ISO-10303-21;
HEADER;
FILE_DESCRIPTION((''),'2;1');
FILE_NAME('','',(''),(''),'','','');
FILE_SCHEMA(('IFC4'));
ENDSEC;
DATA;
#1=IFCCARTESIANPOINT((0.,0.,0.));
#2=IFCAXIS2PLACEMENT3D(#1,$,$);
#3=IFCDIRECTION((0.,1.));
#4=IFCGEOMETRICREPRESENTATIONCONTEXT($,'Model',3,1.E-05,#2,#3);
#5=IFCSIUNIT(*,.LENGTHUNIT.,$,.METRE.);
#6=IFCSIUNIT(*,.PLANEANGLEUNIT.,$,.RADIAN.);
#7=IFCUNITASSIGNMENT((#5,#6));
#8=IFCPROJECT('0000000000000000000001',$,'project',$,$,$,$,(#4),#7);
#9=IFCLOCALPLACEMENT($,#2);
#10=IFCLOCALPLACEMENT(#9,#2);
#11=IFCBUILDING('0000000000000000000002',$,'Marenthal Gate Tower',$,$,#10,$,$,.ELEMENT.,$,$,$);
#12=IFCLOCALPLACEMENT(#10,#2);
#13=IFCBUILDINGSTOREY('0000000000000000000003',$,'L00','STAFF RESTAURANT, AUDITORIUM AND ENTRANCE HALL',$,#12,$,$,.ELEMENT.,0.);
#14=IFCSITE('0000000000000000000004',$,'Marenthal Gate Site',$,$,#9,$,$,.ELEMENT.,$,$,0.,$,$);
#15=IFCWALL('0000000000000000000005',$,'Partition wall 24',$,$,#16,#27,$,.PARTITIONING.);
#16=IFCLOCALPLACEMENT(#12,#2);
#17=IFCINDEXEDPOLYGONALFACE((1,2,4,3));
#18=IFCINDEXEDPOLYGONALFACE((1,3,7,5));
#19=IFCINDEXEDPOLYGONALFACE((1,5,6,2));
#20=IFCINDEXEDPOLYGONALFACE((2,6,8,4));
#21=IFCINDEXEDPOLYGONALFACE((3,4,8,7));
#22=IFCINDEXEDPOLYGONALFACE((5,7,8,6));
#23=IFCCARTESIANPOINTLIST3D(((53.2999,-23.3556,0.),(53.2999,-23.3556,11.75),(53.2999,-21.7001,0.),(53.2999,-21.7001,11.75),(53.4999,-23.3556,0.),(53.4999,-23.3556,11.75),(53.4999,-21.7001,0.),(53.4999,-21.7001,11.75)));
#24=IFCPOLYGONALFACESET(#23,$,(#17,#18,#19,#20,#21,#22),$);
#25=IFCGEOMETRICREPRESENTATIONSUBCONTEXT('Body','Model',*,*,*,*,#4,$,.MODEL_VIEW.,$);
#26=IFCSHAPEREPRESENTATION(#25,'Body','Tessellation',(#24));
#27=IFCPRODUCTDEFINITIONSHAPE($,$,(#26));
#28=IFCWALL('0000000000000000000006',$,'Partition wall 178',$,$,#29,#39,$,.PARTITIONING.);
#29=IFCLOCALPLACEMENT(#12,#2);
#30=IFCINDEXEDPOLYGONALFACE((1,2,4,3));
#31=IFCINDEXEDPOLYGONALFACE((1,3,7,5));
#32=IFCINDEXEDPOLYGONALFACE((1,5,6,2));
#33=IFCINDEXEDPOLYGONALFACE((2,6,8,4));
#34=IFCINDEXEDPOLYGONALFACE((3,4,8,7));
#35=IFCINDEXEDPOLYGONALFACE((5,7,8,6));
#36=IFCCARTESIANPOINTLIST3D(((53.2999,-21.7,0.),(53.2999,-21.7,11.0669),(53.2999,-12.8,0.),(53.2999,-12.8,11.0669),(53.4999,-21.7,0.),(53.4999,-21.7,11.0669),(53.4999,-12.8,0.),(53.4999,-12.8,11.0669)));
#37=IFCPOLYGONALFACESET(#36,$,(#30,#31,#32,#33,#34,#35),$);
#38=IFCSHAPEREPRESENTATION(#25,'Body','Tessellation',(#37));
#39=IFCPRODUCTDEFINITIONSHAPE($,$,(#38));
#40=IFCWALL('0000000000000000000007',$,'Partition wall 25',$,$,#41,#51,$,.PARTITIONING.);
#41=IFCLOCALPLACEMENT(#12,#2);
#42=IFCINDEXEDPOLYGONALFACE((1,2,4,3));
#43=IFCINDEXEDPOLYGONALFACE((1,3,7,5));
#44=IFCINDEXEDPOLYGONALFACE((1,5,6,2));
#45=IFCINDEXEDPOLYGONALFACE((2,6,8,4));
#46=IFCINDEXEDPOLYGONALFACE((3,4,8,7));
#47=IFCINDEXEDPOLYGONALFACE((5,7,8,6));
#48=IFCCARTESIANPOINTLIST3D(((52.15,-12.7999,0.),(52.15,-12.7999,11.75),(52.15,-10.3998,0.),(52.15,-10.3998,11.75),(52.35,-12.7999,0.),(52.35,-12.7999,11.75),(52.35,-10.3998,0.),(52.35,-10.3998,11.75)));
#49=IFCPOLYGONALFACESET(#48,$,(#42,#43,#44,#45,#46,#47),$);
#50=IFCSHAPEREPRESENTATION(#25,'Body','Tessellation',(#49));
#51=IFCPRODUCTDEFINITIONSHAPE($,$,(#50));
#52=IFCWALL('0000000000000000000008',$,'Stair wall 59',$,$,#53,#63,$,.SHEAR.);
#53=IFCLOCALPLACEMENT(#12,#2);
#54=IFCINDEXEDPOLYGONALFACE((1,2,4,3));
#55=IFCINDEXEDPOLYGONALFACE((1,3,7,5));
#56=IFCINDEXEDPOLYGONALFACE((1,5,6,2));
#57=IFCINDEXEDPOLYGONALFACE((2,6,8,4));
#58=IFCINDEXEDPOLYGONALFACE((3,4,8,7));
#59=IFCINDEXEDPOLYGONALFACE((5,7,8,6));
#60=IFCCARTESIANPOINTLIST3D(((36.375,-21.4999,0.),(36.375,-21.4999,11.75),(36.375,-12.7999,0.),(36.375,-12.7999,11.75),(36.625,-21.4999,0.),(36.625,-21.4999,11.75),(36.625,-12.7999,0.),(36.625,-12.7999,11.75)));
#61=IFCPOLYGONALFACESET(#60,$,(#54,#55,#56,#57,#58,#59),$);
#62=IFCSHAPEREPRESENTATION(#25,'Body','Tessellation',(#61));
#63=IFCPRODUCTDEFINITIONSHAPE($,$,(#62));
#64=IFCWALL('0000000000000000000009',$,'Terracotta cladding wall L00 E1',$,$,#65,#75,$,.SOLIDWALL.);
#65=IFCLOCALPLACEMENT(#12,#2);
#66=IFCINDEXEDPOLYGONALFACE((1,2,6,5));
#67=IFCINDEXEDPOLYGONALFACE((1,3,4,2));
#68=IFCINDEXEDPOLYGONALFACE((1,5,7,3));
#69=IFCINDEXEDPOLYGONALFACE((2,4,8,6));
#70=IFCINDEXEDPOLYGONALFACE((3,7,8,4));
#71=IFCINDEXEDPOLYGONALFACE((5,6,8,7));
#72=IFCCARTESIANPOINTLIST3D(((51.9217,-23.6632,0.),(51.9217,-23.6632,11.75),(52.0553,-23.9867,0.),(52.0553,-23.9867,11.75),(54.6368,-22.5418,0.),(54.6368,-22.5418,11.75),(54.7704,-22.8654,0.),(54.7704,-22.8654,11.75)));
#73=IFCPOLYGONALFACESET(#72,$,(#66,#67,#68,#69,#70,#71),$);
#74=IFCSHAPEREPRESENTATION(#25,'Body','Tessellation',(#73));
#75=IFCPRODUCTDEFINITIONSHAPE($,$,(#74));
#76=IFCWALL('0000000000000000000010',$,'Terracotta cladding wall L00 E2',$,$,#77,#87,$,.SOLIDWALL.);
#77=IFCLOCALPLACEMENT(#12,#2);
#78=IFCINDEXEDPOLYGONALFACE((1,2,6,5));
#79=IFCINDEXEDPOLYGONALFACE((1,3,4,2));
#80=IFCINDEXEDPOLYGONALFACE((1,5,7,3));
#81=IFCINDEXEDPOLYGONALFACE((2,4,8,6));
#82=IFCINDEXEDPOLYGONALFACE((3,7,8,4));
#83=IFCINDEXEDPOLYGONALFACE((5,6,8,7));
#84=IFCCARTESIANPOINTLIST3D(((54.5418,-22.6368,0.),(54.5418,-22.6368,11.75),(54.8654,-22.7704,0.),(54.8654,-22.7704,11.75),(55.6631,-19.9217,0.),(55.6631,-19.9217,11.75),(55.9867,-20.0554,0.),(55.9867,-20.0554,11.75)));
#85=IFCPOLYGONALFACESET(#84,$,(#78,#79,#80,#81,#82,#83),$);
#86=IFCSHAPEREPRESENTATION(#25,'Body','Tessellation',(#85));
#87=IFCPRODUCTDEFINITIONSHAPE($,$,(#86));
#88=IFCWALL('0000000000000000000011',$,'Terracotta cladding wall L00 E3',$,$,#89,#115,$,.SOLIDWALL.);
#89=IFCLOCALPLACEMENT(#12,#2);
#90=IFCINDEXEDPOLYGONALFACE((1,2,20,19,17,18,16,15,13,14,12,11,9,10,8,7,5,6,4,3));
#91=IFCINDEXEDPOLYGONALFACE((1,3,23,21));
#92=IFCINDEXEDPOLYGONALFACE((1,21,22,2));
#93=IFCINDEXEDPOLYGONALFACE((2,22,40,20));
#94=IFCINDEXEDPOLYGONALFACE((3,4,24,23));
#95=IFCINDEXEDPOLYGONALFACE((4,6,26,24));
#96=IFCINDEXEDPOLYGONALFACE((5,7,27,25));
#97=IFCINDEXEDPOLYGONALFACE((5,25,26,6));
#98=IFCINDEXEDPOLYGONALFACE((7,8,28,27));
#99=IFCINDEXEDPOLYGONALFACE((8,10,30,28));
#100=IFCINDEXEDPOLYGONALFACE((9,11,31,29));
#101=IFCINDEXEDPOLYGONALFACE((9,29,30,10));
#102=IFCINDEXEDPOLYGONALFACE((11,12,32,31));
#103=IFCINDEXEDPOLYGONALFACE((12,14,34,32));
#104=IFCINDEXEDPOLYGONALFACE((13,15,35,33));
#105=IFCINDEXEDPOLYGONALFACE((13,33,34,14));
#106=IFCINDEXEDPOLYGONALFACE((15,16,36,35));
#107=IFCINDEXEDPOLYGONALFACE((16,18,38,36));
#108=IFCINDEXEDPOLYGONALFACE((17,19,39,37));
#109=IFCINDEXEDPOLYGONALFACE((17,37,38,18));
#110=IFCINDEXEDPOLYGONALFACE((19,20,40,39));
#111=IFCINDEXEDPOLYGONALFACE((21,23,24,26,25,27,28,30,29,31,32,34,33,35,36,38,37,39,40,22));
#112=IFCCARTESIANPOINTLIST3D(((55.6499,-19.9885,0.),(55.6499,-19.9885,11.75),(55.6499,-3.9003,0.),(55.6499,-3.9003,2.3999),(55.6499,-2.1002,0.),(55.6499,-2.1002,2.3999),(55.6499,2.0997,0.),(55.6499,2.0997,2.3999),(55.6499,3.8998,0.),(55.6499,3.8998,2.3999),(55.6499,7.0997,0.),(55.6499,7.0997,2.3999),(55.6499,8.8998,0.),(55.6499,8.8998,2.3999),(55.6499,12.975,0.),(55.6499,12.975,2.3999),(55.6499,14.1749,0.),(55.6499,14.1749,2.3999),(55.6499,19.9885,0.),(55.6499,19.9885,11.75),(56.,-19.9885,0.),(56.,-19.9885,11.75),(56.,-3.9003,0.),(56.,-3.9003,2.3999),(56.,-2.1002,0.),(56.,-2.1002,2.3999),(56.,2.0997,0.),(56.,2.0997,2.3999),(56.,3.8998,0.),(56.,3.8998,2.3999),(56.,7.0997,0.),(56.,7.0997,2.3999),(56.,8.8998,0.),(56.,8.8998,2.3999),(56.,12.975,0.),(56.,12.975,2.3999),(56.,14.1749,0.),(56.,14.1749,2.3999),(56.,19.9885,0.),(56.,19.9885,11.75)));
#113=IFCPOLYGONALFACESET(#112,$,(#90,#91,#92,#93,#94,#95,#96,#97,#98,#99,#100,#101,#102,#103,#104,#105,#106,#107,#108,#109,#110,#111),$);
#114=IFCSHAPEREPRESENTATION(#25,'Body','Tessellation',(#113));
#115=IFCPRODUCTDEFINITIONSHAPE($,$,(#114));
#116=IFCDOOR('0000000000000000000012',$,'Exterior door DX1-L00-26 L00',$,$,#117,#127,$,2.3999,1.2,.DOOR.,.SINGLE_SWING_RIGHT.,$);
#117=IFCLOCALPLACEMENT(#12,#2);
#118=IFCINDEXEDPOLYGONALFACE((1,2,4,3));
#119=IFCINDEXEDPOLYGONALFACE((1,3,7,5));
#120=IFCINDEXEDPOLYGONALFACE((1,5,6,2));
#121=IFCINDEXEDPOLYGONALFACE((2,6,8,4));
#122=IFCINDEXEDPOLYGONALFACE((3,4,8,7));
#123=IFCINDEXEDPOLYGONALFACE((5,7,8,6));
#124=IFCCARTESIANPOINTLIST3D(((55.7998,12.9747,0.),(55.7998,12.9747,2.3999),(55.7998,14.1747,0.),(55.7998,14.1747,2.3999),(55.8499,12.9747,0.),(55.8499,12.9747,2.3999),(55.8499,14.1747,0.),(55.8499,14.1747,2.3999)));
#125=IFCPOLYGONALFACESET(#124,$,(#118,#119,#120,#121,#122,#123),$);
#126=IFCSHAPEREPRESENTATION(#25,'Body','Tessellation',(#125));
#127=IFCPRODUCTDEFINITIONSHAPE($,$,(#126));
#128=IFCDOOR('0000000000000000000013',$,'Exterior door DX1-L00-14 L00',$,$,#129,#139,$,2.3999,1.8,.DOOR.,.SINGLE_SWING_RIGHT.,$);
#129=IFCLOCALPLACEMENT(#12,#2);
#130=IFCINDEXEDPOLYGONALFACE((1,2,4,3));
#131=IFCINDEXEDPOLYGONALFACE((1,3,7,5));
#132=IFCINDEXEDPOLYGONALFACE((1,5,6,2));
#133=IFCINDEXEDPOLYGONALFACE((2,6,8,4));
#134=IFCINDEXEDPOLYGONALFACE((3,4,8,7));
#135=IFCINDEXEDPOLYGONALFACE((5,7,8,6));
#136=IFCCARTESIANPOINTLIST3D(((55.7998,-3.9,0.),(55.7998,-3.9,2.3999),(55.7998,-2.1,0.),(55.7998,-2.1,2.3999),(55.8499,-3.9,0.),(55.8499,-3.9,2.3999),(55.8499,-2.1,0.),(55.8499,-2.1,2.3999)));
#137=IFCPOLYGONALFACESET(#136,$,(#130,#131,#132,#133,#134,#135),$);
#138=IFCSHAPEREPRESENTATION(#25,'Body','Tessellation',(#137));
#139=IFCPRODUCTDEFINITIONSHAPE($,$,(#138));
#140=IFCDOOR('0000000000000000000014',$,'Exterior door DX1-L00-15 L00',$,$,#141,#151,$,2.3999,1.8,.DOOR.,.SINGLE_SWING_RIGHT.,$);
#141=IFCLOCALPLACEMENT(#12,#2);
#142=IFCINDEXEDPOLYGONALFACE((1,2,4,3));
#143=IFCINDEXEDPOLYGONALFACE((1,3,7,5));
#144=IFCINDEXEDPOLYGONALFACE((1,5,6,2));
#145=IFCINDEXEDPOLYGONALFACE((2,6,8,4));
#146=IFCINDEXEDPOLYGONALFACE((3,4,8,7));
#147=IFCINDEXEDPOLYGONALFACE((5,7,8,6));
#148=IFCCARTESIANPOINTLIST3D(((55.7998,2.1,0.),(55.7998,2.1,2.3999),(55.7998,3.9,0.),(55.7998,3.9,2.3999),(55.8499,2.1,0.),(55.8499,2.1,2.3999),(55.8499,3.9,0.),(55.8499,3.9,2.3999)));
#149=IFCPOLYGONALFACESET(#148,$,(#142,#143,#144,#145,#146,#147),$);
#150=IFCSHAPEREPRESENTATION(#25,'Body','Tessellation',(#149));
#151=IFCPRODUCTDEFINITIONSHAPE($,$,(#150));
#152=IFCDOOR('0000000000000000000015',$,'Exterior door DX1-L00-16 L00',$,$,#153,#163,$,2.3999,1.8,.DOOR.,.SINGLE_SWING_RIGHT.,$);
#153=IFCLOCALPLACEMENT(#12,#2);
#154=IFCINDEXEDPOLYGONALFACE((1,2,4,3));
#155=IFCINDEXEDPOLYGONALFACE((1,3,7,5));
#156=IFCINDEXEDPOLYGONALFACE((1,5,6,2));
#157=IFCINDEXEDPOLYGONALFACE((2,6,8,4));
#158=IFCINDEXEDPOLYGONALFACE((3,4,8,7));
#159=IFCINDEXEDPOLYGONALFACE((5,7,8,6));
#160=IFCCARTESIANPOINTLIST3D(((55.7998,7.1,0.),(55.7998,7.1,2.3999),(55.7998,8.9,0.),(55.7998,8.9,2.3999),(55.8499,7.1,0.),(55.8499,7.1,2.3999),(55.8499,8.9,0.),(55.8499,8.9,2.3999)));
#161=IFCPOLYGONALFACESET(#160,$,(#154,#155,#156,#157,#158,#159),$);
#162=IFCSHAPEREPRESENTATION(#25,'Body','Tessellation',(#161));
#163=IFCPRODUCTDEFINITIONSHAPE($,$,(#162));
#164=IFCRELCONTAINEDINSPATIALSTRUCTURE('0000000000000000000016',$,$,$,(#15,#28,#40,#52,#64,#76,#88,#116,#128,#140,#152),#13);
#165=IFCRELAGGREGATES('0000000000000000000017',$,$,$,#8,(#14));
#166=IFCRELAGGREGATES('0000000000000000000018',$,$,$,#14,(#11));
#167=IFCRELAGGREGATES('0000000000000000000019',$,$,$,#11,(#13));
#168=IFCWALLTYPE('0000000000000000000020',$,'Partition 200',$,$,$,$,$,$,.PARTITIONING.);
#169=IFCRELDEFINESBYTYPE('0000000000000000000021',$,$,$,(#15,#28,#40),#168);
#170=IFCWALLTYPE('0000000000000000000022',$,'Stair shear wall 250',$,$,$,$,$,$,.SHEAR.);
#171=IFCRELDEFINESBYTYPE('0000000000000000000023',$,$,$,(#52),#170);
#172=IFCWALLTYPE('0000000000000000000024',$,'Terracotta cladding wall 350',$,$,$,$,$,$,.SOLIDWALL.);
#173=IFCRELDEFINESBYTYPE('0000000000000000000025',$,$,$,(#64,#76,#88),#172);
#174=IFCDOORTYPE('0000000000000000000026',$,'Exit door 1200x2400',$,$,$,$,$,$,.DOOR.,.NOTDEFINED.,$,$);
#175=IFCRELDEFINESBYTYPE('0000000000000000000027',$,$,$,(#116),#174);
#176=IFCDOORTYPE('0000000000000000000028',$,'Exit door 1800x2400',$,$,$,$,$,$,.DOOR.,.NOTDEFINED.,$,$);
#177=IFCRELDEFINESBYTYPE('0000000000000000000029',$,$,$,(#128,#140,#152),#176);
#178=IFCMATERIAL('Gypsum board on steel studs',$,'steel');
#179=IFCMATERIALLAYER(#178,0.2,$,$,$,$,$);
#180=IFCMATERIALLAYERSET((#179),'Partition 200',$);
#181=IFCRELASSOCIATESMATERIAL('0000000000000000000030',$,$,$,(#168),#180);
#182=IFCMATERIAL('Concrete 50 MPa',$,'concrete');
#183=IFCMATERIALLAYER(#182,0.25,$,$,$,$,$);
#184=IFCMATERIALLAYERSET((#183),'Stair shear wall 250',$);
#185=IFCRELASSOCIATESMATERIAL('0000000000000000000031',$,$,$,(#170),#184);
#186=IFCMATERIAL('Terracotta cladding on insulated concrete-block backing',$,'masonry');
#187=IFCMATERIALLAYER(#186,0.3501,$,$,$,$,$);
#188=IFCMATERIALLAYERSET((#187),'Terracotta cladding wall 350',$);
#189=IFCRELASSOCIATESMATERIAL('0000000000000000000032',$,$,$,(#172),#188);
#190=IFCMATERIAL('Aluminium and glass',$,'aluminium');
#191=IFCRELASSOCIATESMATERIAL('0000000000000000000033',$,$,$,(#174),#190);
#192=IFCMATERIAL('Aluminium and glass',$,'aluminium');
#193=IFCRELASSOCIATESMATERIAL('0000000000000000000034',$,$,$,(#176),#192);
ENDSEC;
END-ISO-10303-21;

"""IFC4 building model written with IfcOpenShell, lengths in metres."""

from ifc_helpers import new_model, si_unit, direction, frame, frame_2d, origin, place, context, subcontext, project, spatial, rectangle, extrude, material, layer, layer_set, type_object, element, fill, save


model = new_model("IFC4")

# Units and contexts
model_context = context("Model", 3, precision=1e-05, world=origin(), true_north=direction((0.0, 1.0)))
body_context = subcontext(model_context, "Body", "Model", "MODEL_VIEW")
ifc_project = project(units=[si_unit("LENGTHUNIT", "METRE"), si_unit("PLANEANGLEUNIT", "RADIAN")], contexts=[model_context])

# Site, building, storey
site_placement = place(None, origin())
site = spatial("IfcSite", under=ifc_project, at=site_placement, Name="Marenthal Gate Site", CompositionType="ELEMENT", RefElevation=0.0)
building_placement = place(site_placement, origin())
building = spatial("IfcBuilding", under=site, at=building_placement, Name="Marenthal Gate Tower", CompositionType="ELEMENT")
storey_placement = place(building_placement, origin())
storey = spatial("IfcBuildingStorey", under=building, at=storey_placement, Name="L00", Description="STAFF RESTAURANT, AUDITORIUM AND ENTRANCE HALL", CompositionType="ELEMENT", Elevation=0.0)

# Walls
ifc_material_1 = material(Name="Gypsum board on steel studs", Category="steel")
ifc_layer_1 = layer(ifc_material_1, 0.2)
ifc_layer_set_1 = layer_set([ifc_layer_1], Name="Partition 200")
wall_type_1 = type_object("IfcWallType", Name="Partition 200", PredefinedType="PARTITIONING", material=ifc_layer_set_1)
wall_1_placement = place(storey_placement, frame((53.3999, -23.3555, 0.0), z_axis=(0.0, 0.0, 1.0), x_axis=(0.0, 1.0, 0.0)))
element("IfcWall", 1, at=wall_1_placement, inside=storey, type_object=wall_type_1, Name="Partition wall 24", PredefinedType="PARTITIONING", context=body_context, shape_type="SweptSolid", body=[
    extrude(rectangle(XDim=1.6555, YDim=0.2, at=frame_2d((0.8276, 0.0))), origin(), (0.0, 0.0, 1.0), 11.75),
])
wall_2_placement = place(storey_placement, frame((53.3999, -21.7, 0.0), z_axis=(0.0, 0.0, 1.0), x_axis=(0.0, 1.0, 0.0)))
element("IfcWall", 2, at=wall_2_placement, inside=storey, type_object=wall_type_1, Name="Partition wall 178", PredefinedType="PARTITIONING", context=body_context, shape_type="SweptSolid", body=[
    extrude(rectangle(XDim=8.8999, YDim=0.2, at=frame_2d((4.45, 0.0))), origin(), (0.0, 0.0, 1.0), 11.0669),
])
wall_3_placement = place(storey_placement, frame((52.25, -12.8, 0.0), z_axis=(0.0, 0.0, 1.0), x_axis=(0.0, 1.0, 0.0)))
element("IfcWall", 3, at=wall_3_placement, inside=storey, type_object=wall_type_1, Name="Partition wall 25", PredefinedType="PARTITIONING", context=body_context, shape_type="SweptSolid", body=[
    extrude(rectangle(XDim=2.4001, YDim=0.2, at=frame_2d((1.2002, 0.0))), origin(), (0.0, 0.0, 1.0), 11.75),
])
ifc_material_2 = material(Name="Concrete 50 MPa", Category="concrete")
ifc_layer_2 = layer(ifc_material_2, 0.25)
ifc_layer_set_2 = layer_set([ifc_layer_2], Name="Stair shear wall 250")
wall_type_2 = type_object("IfcWallType", Name="Stair shear wall 250", PredefinedType="SHEAR", material=ifc_layer_set_2)
wall_4_placement = place(storey_placement, frame((36.5, -21.5, 0.0), z_axis=(0.0, 0.0, 1.0), x_axis=(0.0, 1.0, 0.0)))
element("IfcWall", 4, at=wall_4_placement, inside=storey, type_object=wall_type_2, Name="Stair wall 59", PredefinedType="SHEAR", context=body_context, shape_type="SweptSolid", body=[
    extrude(rectangle(XDim=8.7, YDim=0.25, at=frame_2d((4.3501, 0.0))), origin(), (0.0, 0.0, 1.0), 11.75),
])
ifc_material_3 = material(Name="Terracotta cladding on insulated concrete-block backing", Category="masonry")
ifc_layer_3 = layer(ifc_material_3, 0.3501)
ifc_layer_set_3 = layer_set([ifc_layer_3], Name="Terracotta cladding wall 350")
wall_type_3 = type_object("IfcWallType", Name="Terracotta cladding wall 350", PredefinedType="SOLIDWALL", material=ifc_layer_set_3)
for number, where, z_axis, x_axis, name in (
    (5, (51.9885, -23.825, 0.0), (0.0, 0.0, 1.0), (0.924275, 0.381728, 0.0), "Terracotta cladding wall L00 E1"),
    (6, (54.7036, -22.7036, 0.0), (0.0, 0.0, 1.0), (0.381728, 0.924275, 0.0), "Terracotta cladding wall L00 E2"),
):
    element("IfcWall", number, at=place(storey_placement, frame(where, z_axis=z_axis, x_axis=x_axis)), inside=storey, type_object=wall_type_3, Name=name, PredefinedType="SOLIDWALL", context=body_context, shape_type="SweptSolid", body=[
        extrude(rectangle(XDim=2.9375, YDim=0.3501, at=frame_2d((1.4688, 0.0))), origin(), (0.0, 0.0, 1.0), 11.75),
    ])

# Wall, openings, doors
wall_5_placement = place(storey_placement, frame((55.825, -19.9885, 0.0), z_axis=(0.0, 0.0, 1.0), x_axis=(0.0, 1.0, 0.0)))
wall_5 = element("IfcWall", 7, at=wall_5_placement, inside=storey, type_object=wall_type_3, Name="Terracotta cladding wall L00 E3", PredefinedType="SOLIDWALL", context=body_context, shape_type="SweptSolid", body=[
    extrude(rectangle(XDim=39.9771, YDim=0.3501, at=frame_2d((19.9885, 0.0))), origin(), (0.0, 0.0, 1.0), 11.75),
])
opening_1_placement = place(wall_5_placement, frame((16.0884, 0.0, 0.0)))
opening_1 = element("IfcOpeningElement", 8, at=opening_1_placement, cuts=wall_5, PredefinedType="OPENING", context=body_context, shape_type="SweptSolid", body=[
    extrude(rectangle(XDim=1.8, YDim=2.3999, at=frame_2d((0.8999, 1.2))), frame((0.0, 0.1851, 0.0), z_axis=(0.0, -1.0, 0.0), x_axis=(1.0, 0.0, 0.0)), (0.0, 0.0, 1.0), 0.3701),
])
opening_2_placement = place(wall_5_placement, frame((22.0884, 0.0, 0.0)))
opening_2 = element("IfcOpeningElement", 9, at=opening_2_placement, cuts=wall_5, PredefinedType="OPENING", context=body_context, shape_type="SweptSolid", body=[
    extrude(rectangle(XDim=1.8, YDim=2.3999, at=frame_2d((0.8999, 1.2))), frame((0.0, 0.1851, 0.0), z_axis=(0.0, -1.0, 0.0), x_axis=(1.0, 0.0, 0.0)), (0.0, 0.0, 1.0), 0.3701),
])
opening_3_placement = place(wall_5_placement, frame((27.0884, 0.0, 0.0)))
opening_3 = element("IfcOpeningElement", 10, at=opening_3_placement, cuts=wall_5, PredefinedType="OPENING", context=body_context, shape_type="SweptSolid", body=[
    extrude(rectangle(XDim=1.8, YDim=2.3999, at=frame_2d((0.8999, 1.2))), frame((0.0, 0.1851, 0.0), z_axis=(0.0, -1.0, 0.0), x_axis=(1.0, 0.0, 0.0)), (0.0, 0.0, 1.0), 0.3701),
])
opening_4_placement = place(wall_5_placement, frame((32.9634, 0.0, 0.0)))
opening_4 = element("IfcOpeningElement", 11, at=opening_4_placement, cuts=wall_5, PredefinedType="OPENING", context=body_context, shape_type="SweptSolid", body=[
    extrude(rectangle(XDim=1.2, YDim=2.3999, at=frame_2d((0.6001, 1.2))), frame((0.0, 0.1851, 0.0), z_axis=(0.0, -1.0, 0.0), x_axis=(1.0, 0.0, 0.0)), (0.0, 0.0, 1.0), 0.3701),
])
ifc_material_4 = material(Name="Aluminium and glass", Category="aluminium")
door_type_1 = type_object("IfcDoorType", Name="Exit door 1200x2400", OperationType="NOTDEFINED", PredefinedType="DOOR", material=ifc_material_4)
door_1_placement = place(opening_4_placement, frame((1.2, 0.0, 0.0), z_axis=(0.0, 0.0, 1.0), x_axis=(-1.0, 0.0, 0.0)))
door_1 = element("IfcDoor", 12, at=door_1_placement, inside=storey, type_object=door_type_1, Name="Exterior door DX1-L00-26 L00", OperationType="SINGLE_SWING_RIGHT", OverallHeight=2.3999, OverallWidth=1.2, PredefinedType="DOOR", context=body_context, shape_type="SweptSolid", body=[
    extrude(rectangle(XDim=1.2, YDim=2.3999, at=frame_2d((0.6001, 1.2))), frame((0.0, 0.0249, 0.0), z_axis=(0.0, -1.0, 0.0), x_axis=(1.0, 0.0, 0.0)), (0.0, 0.0, 1.0), 0.05),
])
fill(opening_4, door_1)
ifc_material_5 = material(Name="Aluminium and glass", Category="aluminium")
door_type_2 = type_object("IfcDoorType", Name="Exit door 1800x2400", OperationType="NOTDEFINED", PredefinedType="DOOR", material=ifc_material_5)
door_2_placement = place(opening_1_placement, frame((1.8, 0.0, 0.0), z_axis=(0.0, 0.0, 1.0), x_axis=(-1.0, 0.0, 0.0)))
door_2 = element("IfcDoor", 13, at=door_2_placement, inside=storey, type_object=door_type_2, Name="Exterior door DX1-L00-14 L00", OperationType="SINGLE_SWING_RIGHT", OverallHeight=2.3999, OverallWidth=1.8, PredefinedType="DOOR", context=body_context, shape_type="SweptSolid", body=[
    extrude(rectangle(XDim=1.8, YDim=2.3999, at=frame_2d((0.8999, 1.2))), frame((0.0, 0.0249, 0.0), z_axis=(0.0, -1.0, 0.0), x_axis=(1.0, 0.0, 0.0)), (0.0, 0.0, 1.0), 0.05),
])
fill(opening_1, door_2)
door_3_placement = place(opening_2_placement, frame((1.8, 0.0, 0.0), z_axis=(0.0, 0.0, 1.0), x_axis=(-1.0, 0.0, 0.0)))
door_3 = element("IfcDoor", 14, at=door_3_placement, inside=storey, type_object=door_type_2, Name="Exterior door DX1-L00-15 L00", OperationType="SINGLE_SWING_RIGHT", OverallHeight=2.3999, OverallWidth=1.8, PredefinedType="DOOR", context=body_context, shape_type="SweptSolid", body=[
    extrude(rectangle(XDim=1.8, YDim=2.3999, at=frame_2d((0.8999, 1.2))), frame((0.0, 0.0249, 0.0), z_axis=(0.0, -1.0, 0.0), x_axis=(1.0, 0.0, 0.0)), (0.0, 0.0, 1.0), 0.05),
])
fill(opening_2, door_3)
door_4_placement = place(opening_3_placement, frame((1.8, 0.0, 0.0), z_axis=(0.0, 0.0, 1.0), x_axis=(-1.0, 0.0, 0.0)))
door_4 = element("IfcDoor", 15, at=door_4_placement, inside=storey, type_object=door_type_2, Name="Exterior door DX1-L00-16 L00", OperationType="SINGLE_SWING_RIGHT", OverallHeight=2.3999, OverallWidth=1.8, PredefinedType="DOOR", context=body_context, shape_type="SweptSolid", body=[
    extrude(rectangle(XDim=1.8, YDim=2.3999, at=frame_2d((0.8999, 1.2))), frame((0.0, 0.0249, 0.0), z_axis=(0.0, -1.0, 0.0), x_axis=(1.0, 0.0, 0.0)), (0.0, 0.0, 1.0), 0.05),
])
fill(opening_3, door_4)

save(model, "model.ifc")
